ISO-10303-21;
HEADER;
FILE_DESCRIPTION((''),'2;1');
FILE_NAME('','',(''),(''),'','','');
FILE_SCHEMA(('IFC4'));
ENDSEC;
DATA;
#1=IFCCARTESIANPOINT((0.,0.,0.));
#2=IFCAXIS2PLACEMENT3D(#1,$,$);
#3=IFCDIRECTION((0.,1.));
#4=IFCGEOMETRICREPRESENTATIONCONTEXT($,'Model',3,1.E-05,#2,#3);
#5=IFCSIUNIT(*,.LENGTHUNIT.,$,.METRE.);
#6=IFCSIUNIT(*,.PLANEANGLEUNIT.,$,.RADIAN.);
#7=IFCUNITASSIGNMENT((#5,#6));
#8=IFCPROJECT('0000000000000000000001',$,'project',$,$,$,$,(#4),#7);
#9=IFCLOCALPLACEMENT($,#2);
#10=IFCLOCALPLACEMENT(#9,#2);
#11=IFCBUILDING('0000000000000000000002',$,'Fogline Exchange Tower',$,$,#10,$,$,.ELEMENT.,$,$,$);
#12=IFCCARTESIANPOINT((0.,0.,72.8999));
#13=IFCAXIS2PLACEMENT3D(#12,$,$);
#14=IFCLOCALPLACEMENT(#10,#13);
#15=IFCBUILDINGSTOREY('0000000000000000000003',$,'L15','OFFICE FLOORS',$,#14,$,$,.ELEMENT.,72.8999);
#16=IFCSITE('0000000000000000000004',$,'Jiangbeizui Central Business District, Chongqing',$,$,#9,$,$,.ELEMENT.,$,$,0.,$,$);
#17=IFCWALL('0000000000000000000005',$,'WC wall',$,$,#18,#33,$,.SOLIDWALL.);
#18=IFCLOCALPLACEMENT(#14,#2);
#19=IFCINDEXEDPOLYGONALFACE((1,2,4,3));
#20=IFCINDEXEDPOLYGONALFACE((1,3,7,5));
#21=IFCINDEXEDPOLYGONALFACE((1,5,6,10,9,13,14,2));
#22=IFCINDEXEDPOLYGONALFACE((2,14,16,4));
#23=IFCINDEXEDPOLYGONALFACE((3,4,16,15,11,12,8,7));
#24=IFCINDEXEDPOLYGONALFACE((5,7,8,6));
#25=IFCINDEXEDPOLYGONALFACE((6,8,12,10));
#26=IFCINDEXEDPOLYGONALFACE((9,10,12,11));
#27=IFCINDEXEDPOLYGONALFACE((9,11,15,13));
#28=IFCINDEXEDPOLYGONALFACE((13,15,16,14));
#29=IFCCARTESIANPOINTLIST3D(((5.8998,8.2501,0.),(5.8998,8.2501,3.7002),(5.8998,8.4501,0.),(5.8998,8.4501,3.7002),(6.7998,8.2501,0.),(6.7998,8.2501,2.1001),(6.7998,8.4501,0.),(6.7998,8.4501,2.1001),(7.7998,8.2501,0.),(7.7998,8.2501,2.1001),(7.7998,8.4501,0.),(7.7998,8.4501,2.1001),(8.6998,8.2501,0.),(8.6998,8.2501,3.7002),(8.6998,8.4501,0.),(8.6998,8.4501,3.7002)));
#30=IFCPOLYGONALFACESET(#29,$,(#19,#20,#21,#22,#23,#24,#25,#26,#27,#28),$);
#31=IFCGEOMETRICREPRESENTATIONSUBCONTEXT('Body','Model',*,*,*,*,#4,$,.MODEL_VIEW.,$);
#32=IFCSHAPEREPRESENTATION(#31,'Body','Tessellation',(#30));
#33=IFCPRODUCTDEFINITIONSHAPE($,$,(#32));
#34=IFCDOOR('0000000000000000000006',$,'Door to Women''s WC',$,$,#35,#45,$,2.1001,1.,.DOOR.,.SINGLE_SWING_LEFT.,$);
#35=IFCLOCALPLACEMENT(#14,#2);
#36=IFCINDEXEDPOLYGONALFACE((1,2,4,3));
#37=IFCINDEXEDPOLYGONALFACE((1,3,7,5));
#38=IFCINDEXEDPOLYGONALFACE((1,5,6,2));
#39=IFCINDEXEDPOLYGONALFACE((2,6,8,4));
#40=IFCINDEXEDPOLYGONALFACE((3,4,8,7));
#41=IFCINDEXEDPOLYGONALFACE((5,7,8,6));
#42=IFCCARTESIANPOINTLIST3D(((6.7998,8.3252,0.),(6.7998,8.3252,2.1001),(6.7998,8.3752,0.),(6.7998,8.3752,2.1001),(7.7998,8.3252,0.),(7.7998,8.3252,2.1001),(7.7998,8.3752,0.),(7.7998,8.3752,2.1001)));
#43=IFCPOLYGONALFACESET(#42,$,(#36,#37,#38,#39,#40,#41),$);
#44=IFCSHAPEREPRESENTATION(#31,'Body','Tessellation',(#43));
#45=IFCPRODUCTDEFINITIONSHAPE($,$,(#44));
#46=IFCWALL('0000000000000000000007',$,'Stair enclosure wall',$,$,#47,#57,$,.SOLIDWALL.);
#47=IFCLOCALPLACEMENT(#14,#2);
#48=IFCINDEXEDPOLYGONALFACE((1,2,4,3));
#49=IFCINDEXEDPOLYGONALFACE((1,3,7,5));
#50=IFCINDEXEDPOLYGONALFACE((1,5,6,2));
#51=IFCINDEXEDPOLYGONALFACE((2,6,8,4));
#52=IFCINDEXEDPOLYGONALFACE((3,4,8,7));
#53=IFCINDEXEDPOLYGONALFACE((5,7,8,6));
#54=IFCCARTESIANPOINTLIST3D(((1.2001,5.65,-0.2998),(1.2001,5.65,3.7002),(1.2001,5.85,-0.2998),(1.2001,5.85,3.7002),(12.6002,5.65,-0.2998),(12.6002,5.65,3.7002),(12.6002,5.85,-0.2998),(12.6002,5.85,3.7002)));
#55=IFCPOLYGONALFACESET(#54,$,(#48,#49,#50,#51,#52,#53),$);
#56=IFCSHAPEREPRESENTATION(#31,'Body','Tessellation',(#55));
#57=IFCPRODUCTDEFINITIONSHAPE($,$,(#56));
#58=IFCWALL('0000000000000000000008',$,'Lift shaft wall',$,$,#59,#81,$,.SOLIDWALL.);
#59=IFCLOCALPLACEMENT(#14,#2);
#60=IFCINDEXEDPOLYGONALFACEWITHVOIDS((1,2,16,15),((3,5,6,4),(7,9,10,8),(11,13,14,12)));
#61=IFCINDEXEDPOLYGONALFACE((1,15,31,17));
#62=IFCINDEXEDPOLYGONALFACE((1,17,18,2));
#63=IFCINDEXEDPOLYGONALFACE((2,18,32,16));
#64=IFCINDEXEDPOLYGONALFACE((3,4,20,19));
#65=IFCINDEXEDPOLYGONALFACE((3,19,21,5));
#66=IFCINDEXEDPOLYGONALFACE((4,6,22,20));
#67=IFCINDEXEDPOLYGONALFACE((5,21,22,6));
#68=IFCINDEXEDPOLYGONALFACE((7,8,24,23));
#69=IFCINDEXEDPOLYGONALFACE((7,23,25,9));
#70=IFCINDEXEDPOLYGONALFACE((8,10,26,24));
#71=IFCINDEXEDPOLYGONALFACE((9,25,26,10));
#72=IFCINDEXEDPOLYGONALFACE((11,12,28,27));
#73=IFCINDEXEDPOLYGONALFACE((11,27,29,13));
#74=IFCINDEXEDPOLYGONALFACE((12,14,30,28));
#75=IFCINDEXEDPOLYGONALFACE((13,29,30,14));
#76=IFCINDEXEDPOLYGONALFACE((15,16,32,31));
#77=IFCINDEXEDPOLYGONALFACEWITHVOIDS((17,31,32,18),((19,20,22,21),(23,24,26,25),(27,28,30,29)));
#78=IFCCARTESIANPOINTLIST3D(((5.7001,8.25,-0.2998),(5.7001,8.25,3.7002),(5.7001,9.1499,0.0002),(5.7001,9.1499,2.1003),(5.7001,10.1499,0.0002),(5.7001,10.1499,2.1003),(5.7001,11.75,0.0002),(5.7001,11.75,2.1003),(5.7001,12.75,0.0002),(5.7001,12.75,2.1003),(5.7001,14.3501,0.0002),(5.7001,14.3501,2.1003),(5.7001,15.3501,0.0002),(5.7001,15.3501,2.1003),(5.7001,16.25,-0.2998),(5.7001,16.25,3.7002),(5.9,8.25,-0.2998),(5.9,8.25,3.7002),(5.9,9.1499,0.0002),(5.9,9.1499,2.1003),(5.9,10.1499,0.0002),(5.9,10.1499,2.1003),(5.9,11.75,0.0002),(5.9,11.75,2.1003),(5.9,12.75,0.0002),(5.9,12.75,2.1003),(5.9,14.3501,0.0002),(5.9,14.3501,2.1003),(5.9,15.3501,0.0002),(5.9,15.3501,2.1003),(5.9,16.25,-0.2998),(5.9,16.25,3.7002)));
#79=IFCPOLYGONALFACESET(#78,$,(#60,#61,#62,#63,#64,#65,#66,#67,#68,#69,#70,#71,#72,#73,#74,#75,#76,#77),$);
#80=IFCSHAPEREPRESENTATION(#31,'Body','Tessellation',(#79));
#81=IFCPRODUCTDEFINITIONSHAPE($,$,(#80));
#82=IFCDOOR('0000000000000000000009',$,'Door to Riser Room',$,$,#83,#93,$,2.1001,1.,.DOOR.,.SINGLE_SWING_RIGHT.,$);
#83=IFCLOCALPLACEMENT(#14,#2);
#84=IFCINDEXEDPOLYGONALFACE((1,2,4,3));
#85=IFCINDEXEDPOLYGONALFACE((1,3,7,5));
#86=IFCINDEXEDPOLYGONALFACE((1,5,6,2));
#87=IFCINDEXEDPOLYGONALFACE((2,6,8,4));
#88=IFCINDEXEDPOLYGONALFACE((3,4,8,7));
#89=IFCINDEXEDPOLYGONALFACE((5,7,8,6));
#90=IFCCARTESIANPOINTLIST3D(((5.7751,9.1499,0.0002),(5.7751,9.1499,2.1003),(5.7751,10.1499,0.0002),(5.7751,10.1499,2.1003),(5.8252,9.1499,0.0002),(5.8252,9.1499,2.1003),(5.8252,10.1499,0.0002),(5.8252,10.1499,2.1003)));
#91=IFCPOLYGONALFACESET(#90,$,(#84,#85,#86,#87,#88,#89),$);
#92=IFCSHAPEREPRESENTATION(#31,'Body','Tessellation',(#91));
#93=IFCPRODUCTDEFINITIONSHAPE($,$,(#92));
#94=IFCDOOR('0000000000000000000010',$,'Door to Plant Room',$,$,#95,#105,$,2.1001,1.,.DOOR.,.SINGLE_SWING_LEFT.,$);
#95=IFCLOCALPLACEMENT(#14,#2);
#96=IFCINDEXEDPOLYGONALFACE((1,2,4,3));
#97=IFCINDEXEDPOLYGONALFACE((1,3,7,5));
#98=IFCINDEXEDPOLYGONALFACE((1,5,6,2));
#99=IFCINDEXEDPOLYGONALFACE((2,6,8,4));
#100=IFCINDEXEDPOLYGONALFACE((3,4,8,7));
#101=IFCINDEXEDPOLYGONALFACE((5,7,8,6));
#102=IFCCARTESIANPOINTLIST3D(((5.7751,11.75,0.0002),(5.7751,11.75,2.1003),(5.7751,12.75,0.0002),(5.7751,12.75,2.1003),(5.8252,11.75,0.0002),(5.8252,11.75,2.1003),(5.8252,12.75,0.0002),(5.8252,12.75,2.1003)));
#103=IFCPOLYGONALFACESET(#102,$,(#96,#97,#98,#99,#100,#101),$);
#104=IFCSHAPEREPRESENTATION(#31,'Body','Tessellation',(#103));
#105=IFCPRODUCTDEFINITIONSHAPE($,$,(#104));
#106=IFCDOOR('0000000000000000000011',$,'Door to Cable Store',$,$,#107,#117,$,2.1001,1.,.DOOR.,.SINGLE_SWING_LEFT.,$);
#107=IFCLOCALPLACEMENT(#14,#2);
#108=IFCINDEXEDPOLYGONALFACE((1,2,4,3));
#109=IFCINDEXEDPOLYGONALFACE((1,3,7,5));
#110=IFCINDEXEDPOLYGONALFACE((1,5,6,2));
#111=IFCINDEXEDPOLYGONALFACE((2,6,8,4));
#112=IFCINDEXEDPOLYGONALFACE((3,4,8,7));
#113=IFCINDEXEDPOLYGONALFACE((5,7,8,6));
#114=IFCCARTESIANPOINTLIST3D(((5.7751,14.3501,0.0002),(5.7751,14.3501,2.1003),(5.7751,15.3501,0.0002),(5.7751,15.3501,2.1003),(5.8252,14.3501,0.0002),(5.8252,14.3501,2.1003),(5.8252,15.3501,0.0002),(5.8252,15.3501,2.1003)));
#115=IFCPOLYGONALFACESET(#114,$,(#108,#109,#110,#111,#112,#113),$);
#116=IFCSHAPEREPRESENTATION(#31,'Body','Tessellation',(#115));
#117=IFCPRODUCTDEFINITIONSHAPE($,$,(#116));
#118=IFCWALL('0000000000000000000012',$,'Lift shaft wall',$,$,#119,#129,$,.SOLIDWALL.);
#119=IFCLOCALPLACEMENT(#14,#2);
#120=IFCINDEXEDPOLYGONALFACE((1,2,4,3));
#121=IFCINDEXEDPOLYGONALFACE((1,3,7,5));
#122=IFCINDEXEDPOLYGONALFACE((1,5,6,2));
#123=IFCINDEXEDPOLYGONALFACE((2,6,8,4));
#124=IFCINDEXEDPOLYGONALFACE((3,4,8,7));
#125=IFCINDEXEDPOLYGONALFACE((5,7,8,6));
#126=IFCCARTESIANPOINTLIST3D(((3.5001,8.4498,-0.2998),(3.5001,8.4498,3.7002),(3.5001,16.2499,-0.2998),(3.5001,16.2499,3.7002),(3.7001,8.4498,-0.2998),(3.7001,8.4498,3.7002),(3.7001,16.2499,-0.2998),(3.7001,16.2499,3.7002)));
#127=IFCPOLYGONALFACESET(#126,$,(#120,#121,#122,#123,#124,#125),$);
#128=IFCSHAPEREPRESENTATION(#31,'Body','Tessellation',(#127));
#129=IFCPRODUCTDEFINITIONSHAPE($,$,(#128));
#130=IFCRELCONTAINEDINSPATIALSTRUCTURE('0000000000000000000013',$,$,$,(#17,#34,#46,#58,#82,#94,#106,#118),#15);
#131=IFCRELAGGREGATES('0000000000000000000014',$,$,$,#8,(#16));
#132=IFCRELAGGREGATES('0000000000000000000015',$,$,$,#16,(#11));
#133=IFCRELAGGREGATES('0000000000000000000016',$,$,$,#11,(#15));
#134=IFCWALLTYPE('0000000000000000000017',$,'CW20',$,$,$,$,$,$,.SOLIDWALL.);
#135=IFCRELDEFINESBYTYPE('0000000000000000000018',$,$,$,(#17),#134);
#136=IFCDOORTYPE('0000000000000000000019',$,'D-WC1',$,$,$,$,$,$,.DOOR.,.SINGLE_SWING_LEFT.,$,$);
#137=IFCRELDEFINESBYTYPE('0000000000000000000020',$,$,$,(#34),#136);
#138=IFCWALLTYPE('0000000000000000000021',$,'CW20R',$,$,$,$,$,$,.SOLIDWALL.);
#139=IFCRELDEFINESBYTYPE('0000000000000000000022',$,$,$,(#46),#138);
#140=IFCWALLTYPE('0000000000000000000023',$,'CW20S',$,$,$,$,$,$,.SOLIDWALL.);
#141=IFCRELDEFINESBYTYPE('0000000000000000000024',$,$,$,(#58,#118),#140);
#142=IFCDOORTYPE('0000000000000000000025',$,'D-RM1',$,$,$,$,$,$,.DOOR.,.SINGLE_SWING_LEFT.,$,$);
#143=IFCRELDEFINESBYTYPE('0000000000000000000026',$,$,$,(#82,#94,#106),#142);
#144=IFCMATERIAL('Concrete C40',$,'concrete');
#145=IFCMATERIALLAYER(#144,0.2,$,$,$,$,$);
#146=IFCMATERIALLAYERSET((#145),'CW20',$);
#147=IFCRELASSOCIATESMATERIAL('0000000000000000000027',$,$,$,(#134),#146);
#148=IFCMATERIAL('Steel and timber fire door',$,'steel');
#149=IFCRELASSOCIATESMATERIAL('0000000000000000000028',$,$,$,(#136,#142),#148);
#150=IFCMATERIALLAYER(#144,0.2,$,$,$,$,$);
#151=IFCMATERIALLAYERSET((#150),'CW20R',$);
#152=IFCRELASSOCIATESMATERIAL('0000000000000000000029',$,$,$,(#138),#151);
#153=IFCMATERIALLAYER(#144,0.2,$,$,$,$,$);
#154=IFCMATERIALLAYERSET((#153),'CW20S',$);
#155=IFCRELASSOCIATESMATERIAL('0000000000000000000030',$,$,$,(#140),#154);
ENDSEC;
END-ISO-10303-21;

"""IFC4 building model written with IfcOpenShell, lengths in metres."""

from ifc_helpers import new_model, si_unit, direction, frame, frame_2d, origin, place, context, subcontext, project, spatial, rectangle, extrude, material, layer, layer_set, type_object, element, fill, save


model = new_model("IFC4")

# Units and contexts
model_context = context("Model", 3, precision=1e-05, world=origin(), true_north=direction((0.0, 1.0)))
body_context = subcontext(model_context, "Body", "Model", "MODEL_VIEW")
ifc_project = project(units=[si_unit("LENGTHUNIT", "METRE"), si_unit("PLANEANGLEUNIT", "RADIAN")], contexts=[model_context])

# Site, building, storey
site_placement = place(None, origin())
site = spatial("IfcSite", under=ifc_project, at=site_placement, Name="Jiangbeizui Central Business District, Chongqing", CompositionType="ELEMENT", RefElevation=0.0)
building_placement = place(site_placement, origin())
building = spatial("IfcBuilding", under=site, at=building_placement, Name="Fogline Exchange Tower", CompositionType="ELEMENT")
storey_placement = place(building_placement, frame((0.0, 0.0, 72.8999)))
storey = spatial("IfcBuildingStorey", under=building, at=storey_placement, Name="L15", Description="OFFICE FLOORS", CompositionType="ELEMENT", Elevation=72.8999)

# Shared definitions
ifc_material_1 = material(Name="Concrete C40", Category="concrete")

# Wall, opening, door
ifc_layer_1 = layer(ifc_material_1, 0.2)
ifc_layer_set_1 = layer_set([ifc_layer_1], Name="CW20")
wall_type_1 = type_object("IfcWallType", Name="CW20", PredefinedType="SOLIDWALL", material=ifc_layer_set_1)
wall_1_placement = place(storey_placement, frame((5.8999, 8.3501, 0.0), z_axis=(0.0, 0.0, 1.0), x_axis=(1.0, 0.0, 0.0)))
wall_1 = element("IfcWall", 1, at=wall_1_placement, inside=storey, type_object=wall_type_1, Name="WC wall", PredefinedType="SOLIDWALL", context=body_context, shape_type="SweptSolid", body=[
    extrude(rectangle(XDim=2.8, YDim=0.2, at=frame_2d((1.3999, 0.0))), origin(), (0.0, 0.0, 1.0), 3.7002),
])
opening_1_placement = place(wall_1_placement, frame((0.8999, 0.0, 0.0)))
opening_1 = element("IfcOpeningElement", 2, at=opening_1_placement, cuts=wall_1, PredefinedType="OPENING", context=body_context, shape_type="SweptSolid", body=[
    extrude(rectangle(XDim=1.0, YDim=2.1001, at=frame_2d((0.5, 1.05))), frame((0.0, 0.1099, 0.0), z_axis=(0.0, -1.0, 0.0), x_axis=(1.0, 0.0, 0.0)), (0.0, 0.0, 1.0), 0.22),
])
ifc_material_2 = material(Name="Steel and timber fire door", Category="steel")
door_type_1 = type_object("IfcDoorType", Name="D-WC1", OperationType="SINGLE_SWING_LEFT", PredefinedType="DOOR", material=ifc_material_2)
door_1_placement = place(opening_1_placement, frame((1.0, 0.0, 0.0), z_axis=(0.0, 0.0, 1.0), x_axis=(-1.0, 0.0, 0.0)))
door_1 = element("IfcDoor", 3, at=door_1_placement, inside=storey, type_object=door_type_1, Name="Door to Women's WC", OperationType="SINGLE_SWING_LEFT", OverallHeight=2.1001, OverallWidth=1.0, PredefinedType="DOOR", context=body_context, shape_type="SweptSolid", body=[
    extrude(rectangle(XDim=1.0, YDim=2.1001, at=frame_2d((0.5, 1.05))), frame((0.0, 0.0249, 0.0), z_axis=(0.0, -1.0, 0.0), x_axis=(1.0, 0.0, 0.0)), (0.0, 0.0, 1.0), 0.05),
])
fill(opening_1, door_1)

# Wall
ifc_layer_2 = layer(ifc_material_1, 0.2)
ifc_layer_set_2 = layer_set([ifc_layer_2], Name="CW20R")
wall_type_2 = type_object("IfcWallType", Name="CW20R", PredefinedType="SOLIDWALL", material=ifc_layer_set_2)
wall_2_placement = place(storey_placement, frame((1.2, 5.75, -0.2998), z_axis=(0.0, 0.0, 1.0), x_axis=(1.0, 0.0, 0.0)))
element("IfcWall", 4, at=wall_2_placement, inside=storey, type_object=wall_type_2, Name="Stair enclosure wall", PredefinedType="SOLIDWALL", context=body_context, shape_type="SweptSolid", body=[
    extrude(rectangle(XDim=11.4001, YDim=0.2, at=frame_2d((5.7002, 0.0))), origin(), (0.0, 0.0, 1.0), 4.0),
])

# Wall, openings, doors
ifc_layer_3 = layer(ifc_material_1, 0.2)
ifc_layer_set_3 = layer_set([ifc_layer_3], Name="CW20S")
wall_type_3 = type_object("IfcWallType", Name="CW20S", PredefinedType="SOLIDWALL", material=ifc_layer_set_3)
wall_3_placement = place(storey_placement, frame((5.8, 8.25, -0.2998), z_axis=(0.0, 0.0, 1.0), x_axis=(0.0, 1.0, 0.0)))
wall_3 = element("IfcWall", 5, at=wall_3_placement, inside=storey, type_object=wall_type_3, Name="Lift shaft wall", PredefinedType="SOLIDWALL", context=body_context, shape_type="SweptSolid", body=[
    extrude(rectangle(XDim=8.0, YDim=0.2, at=frame_2d((4.0, 0.0))), origin(), (0.0, 0.0, 1.0), 4.0),
])
opening_2_placement = place(wall_3_placement, frame((0.8999, 0.0, 0.3)))
opening_2 = element("IfcOpeningElement", 6, at=opening_2_placement, cuts=wall_3, PredefinedType="OPENING", context=body_context, shape_type="SweptSolid", body=[
    extrude(rectangle(XDim=1.0, YDim=2.1001, at=frame_2d((0.5, 1.05))), frame((0.0, 0.1099, 0.0), z_axis=(0.0, -1.0, 0.0), x_axis=(1.0, 0.0, 0.0)), (0.0, 0.0, 1.0), 0.22),
])
opening_3_placement = place(wall_3_placement, frame((3.5, 0.0, 0.3)))
opening_3 = element("IfcOpeningElement", 7, at=opening_3_placement, cuts=wall_3, PredefinedType="OPENING", context=body_context, shape_type="SweptSolid", body=[
    extrude(rectangle(XDim=1.0, YDim=2.1001, at=frame_2d((0.5, 1.05))), frame((0.0, 0.1099, 0.0), z_axis=(0.0, -1.0, 0.0), x_axis=(1.0, 0.0, 0.0)), (0.0, 0.0, 1.0), 0.22),
])
opening_4_placement = place(wall_3_placement, frame((6.1001, 0.0, 0.3)))
opening_4 = element("IfcOpeningElement", 8, at=opening_4_placement, cuts=wall_3, PredefinedType="OPENING", context=body_context, shape_type="SweptSolid", body=[
    extrude(rectangle(XDim=1.0, YDim=2.1001, at=frame_2d((0.5, 1.05))), frame((0.0, 0.1099, 0.0), z_axis=(0.0, -1.0, 0.0), x_axis=(1.0, 0.0, 0.0)), (0.0, 0.0, 1.0), 0.22),
])
door_type_2 = type_object("IfcDoorType", Name="D-RM1", OperationType="SINGLE_SWING_LEFT", PredefinedType="DOOR", material=ifc_material_2)
door_2_placement = place(opening_2_placement, origin())
door_2 = element("IfcDoor", 9, at=door_2_placement, inside=storey, type_object=door_type_2, Name="Door to Riser Room", OperationType="SINGLE_SWING_RIGHT", OverallHeight=2.1001, OverallWidth=1.0, PredefinedType="DOOR", context=body_context, shape_type="SweptSolid", body=[
    extrude(rectangle(XDim=1.0, YDim=2.1001, at=frame_2d((0.5, 1.05))), frame((0.0, 0.0249, 0.0), z_axis=(0.0, -1.0, 0.0), x_axis=(1.0, 0.0, 0.0)), (0.0, 0.0, 1.0), 0.05),
])
fill(opening_2, door_2)
door_3_placement = place(opening_3_placement, origin())
door_3 = element("IfcDoor", 10, at=door_3_placement, inside=storey, type_object=door_type_2, Name="Door to Plant Room", OperationType="SINGLE_SWING_LEFT", OverallHeight=2.1001, OverallWidth=1.0, PredefinedType="DOOR", context=body_context, shape_type="SweptSolid", body=[
    extrude(rectangle(XDim=1.0, YDim=2.1001, at=frame_2d((0.5, 1.05))), frame((0.0, 0.0249, 0.0), z_axis=(0.0, -1.0, 0.0), x_axis=(1.0, 0.0, 0.0)), (0.0, 0.0, 1.0), 0.05),
])
fill(opening_3, door_3)
door_4_placement = place(opening_4_placement, origin())
door_4 = element("IfcDoor", 11, at=door_4_placement, inside=storey, type_object=door_type_2, Name="Door to Cable Store", OperationType="SINGLE_SWING_LEFT", OverallHeight=2.1001, OverallWidth=1.0, PredefinedType="DOOR", context=body_context, shape_type="SweptSolid", body=[
    extrude(rectangle(XDim=1.0, YDim=2.1001, at=frame_2d((0.5, 1.05))), frame((0.0, 0.0249, 0.0), z_axis=(0.0, -1.0, 0.0), x_axis=(1.0, 0.0, 0.0)), (0.0, 0.0, 1.0), 0.05),
])
fill(opening_4, door_4)

# Wall
wall_4_placement = place(storey_placement, frame((3.6001, 8.45, -0.2998), z_axis=(0.0, 0.0, 1.0), x_axis=(0.0, 1.0, 0.0)))
element("IfcWall", 12, at=wall_4_placement, inside=storey, type_object=wall_type_3, Name="Lift shaft wall", PredefinedType="SOLIDWALL", context=body_context, shape_type="SweptSolid", body=[
    extrude(rectangle(XDim=7.8, YDim=0.2, at=frame_2d((3.8999, 0.0))), origin(), (0.0, 0.0, 1.0), 4.0),
])

save(model, "model.ifc")
